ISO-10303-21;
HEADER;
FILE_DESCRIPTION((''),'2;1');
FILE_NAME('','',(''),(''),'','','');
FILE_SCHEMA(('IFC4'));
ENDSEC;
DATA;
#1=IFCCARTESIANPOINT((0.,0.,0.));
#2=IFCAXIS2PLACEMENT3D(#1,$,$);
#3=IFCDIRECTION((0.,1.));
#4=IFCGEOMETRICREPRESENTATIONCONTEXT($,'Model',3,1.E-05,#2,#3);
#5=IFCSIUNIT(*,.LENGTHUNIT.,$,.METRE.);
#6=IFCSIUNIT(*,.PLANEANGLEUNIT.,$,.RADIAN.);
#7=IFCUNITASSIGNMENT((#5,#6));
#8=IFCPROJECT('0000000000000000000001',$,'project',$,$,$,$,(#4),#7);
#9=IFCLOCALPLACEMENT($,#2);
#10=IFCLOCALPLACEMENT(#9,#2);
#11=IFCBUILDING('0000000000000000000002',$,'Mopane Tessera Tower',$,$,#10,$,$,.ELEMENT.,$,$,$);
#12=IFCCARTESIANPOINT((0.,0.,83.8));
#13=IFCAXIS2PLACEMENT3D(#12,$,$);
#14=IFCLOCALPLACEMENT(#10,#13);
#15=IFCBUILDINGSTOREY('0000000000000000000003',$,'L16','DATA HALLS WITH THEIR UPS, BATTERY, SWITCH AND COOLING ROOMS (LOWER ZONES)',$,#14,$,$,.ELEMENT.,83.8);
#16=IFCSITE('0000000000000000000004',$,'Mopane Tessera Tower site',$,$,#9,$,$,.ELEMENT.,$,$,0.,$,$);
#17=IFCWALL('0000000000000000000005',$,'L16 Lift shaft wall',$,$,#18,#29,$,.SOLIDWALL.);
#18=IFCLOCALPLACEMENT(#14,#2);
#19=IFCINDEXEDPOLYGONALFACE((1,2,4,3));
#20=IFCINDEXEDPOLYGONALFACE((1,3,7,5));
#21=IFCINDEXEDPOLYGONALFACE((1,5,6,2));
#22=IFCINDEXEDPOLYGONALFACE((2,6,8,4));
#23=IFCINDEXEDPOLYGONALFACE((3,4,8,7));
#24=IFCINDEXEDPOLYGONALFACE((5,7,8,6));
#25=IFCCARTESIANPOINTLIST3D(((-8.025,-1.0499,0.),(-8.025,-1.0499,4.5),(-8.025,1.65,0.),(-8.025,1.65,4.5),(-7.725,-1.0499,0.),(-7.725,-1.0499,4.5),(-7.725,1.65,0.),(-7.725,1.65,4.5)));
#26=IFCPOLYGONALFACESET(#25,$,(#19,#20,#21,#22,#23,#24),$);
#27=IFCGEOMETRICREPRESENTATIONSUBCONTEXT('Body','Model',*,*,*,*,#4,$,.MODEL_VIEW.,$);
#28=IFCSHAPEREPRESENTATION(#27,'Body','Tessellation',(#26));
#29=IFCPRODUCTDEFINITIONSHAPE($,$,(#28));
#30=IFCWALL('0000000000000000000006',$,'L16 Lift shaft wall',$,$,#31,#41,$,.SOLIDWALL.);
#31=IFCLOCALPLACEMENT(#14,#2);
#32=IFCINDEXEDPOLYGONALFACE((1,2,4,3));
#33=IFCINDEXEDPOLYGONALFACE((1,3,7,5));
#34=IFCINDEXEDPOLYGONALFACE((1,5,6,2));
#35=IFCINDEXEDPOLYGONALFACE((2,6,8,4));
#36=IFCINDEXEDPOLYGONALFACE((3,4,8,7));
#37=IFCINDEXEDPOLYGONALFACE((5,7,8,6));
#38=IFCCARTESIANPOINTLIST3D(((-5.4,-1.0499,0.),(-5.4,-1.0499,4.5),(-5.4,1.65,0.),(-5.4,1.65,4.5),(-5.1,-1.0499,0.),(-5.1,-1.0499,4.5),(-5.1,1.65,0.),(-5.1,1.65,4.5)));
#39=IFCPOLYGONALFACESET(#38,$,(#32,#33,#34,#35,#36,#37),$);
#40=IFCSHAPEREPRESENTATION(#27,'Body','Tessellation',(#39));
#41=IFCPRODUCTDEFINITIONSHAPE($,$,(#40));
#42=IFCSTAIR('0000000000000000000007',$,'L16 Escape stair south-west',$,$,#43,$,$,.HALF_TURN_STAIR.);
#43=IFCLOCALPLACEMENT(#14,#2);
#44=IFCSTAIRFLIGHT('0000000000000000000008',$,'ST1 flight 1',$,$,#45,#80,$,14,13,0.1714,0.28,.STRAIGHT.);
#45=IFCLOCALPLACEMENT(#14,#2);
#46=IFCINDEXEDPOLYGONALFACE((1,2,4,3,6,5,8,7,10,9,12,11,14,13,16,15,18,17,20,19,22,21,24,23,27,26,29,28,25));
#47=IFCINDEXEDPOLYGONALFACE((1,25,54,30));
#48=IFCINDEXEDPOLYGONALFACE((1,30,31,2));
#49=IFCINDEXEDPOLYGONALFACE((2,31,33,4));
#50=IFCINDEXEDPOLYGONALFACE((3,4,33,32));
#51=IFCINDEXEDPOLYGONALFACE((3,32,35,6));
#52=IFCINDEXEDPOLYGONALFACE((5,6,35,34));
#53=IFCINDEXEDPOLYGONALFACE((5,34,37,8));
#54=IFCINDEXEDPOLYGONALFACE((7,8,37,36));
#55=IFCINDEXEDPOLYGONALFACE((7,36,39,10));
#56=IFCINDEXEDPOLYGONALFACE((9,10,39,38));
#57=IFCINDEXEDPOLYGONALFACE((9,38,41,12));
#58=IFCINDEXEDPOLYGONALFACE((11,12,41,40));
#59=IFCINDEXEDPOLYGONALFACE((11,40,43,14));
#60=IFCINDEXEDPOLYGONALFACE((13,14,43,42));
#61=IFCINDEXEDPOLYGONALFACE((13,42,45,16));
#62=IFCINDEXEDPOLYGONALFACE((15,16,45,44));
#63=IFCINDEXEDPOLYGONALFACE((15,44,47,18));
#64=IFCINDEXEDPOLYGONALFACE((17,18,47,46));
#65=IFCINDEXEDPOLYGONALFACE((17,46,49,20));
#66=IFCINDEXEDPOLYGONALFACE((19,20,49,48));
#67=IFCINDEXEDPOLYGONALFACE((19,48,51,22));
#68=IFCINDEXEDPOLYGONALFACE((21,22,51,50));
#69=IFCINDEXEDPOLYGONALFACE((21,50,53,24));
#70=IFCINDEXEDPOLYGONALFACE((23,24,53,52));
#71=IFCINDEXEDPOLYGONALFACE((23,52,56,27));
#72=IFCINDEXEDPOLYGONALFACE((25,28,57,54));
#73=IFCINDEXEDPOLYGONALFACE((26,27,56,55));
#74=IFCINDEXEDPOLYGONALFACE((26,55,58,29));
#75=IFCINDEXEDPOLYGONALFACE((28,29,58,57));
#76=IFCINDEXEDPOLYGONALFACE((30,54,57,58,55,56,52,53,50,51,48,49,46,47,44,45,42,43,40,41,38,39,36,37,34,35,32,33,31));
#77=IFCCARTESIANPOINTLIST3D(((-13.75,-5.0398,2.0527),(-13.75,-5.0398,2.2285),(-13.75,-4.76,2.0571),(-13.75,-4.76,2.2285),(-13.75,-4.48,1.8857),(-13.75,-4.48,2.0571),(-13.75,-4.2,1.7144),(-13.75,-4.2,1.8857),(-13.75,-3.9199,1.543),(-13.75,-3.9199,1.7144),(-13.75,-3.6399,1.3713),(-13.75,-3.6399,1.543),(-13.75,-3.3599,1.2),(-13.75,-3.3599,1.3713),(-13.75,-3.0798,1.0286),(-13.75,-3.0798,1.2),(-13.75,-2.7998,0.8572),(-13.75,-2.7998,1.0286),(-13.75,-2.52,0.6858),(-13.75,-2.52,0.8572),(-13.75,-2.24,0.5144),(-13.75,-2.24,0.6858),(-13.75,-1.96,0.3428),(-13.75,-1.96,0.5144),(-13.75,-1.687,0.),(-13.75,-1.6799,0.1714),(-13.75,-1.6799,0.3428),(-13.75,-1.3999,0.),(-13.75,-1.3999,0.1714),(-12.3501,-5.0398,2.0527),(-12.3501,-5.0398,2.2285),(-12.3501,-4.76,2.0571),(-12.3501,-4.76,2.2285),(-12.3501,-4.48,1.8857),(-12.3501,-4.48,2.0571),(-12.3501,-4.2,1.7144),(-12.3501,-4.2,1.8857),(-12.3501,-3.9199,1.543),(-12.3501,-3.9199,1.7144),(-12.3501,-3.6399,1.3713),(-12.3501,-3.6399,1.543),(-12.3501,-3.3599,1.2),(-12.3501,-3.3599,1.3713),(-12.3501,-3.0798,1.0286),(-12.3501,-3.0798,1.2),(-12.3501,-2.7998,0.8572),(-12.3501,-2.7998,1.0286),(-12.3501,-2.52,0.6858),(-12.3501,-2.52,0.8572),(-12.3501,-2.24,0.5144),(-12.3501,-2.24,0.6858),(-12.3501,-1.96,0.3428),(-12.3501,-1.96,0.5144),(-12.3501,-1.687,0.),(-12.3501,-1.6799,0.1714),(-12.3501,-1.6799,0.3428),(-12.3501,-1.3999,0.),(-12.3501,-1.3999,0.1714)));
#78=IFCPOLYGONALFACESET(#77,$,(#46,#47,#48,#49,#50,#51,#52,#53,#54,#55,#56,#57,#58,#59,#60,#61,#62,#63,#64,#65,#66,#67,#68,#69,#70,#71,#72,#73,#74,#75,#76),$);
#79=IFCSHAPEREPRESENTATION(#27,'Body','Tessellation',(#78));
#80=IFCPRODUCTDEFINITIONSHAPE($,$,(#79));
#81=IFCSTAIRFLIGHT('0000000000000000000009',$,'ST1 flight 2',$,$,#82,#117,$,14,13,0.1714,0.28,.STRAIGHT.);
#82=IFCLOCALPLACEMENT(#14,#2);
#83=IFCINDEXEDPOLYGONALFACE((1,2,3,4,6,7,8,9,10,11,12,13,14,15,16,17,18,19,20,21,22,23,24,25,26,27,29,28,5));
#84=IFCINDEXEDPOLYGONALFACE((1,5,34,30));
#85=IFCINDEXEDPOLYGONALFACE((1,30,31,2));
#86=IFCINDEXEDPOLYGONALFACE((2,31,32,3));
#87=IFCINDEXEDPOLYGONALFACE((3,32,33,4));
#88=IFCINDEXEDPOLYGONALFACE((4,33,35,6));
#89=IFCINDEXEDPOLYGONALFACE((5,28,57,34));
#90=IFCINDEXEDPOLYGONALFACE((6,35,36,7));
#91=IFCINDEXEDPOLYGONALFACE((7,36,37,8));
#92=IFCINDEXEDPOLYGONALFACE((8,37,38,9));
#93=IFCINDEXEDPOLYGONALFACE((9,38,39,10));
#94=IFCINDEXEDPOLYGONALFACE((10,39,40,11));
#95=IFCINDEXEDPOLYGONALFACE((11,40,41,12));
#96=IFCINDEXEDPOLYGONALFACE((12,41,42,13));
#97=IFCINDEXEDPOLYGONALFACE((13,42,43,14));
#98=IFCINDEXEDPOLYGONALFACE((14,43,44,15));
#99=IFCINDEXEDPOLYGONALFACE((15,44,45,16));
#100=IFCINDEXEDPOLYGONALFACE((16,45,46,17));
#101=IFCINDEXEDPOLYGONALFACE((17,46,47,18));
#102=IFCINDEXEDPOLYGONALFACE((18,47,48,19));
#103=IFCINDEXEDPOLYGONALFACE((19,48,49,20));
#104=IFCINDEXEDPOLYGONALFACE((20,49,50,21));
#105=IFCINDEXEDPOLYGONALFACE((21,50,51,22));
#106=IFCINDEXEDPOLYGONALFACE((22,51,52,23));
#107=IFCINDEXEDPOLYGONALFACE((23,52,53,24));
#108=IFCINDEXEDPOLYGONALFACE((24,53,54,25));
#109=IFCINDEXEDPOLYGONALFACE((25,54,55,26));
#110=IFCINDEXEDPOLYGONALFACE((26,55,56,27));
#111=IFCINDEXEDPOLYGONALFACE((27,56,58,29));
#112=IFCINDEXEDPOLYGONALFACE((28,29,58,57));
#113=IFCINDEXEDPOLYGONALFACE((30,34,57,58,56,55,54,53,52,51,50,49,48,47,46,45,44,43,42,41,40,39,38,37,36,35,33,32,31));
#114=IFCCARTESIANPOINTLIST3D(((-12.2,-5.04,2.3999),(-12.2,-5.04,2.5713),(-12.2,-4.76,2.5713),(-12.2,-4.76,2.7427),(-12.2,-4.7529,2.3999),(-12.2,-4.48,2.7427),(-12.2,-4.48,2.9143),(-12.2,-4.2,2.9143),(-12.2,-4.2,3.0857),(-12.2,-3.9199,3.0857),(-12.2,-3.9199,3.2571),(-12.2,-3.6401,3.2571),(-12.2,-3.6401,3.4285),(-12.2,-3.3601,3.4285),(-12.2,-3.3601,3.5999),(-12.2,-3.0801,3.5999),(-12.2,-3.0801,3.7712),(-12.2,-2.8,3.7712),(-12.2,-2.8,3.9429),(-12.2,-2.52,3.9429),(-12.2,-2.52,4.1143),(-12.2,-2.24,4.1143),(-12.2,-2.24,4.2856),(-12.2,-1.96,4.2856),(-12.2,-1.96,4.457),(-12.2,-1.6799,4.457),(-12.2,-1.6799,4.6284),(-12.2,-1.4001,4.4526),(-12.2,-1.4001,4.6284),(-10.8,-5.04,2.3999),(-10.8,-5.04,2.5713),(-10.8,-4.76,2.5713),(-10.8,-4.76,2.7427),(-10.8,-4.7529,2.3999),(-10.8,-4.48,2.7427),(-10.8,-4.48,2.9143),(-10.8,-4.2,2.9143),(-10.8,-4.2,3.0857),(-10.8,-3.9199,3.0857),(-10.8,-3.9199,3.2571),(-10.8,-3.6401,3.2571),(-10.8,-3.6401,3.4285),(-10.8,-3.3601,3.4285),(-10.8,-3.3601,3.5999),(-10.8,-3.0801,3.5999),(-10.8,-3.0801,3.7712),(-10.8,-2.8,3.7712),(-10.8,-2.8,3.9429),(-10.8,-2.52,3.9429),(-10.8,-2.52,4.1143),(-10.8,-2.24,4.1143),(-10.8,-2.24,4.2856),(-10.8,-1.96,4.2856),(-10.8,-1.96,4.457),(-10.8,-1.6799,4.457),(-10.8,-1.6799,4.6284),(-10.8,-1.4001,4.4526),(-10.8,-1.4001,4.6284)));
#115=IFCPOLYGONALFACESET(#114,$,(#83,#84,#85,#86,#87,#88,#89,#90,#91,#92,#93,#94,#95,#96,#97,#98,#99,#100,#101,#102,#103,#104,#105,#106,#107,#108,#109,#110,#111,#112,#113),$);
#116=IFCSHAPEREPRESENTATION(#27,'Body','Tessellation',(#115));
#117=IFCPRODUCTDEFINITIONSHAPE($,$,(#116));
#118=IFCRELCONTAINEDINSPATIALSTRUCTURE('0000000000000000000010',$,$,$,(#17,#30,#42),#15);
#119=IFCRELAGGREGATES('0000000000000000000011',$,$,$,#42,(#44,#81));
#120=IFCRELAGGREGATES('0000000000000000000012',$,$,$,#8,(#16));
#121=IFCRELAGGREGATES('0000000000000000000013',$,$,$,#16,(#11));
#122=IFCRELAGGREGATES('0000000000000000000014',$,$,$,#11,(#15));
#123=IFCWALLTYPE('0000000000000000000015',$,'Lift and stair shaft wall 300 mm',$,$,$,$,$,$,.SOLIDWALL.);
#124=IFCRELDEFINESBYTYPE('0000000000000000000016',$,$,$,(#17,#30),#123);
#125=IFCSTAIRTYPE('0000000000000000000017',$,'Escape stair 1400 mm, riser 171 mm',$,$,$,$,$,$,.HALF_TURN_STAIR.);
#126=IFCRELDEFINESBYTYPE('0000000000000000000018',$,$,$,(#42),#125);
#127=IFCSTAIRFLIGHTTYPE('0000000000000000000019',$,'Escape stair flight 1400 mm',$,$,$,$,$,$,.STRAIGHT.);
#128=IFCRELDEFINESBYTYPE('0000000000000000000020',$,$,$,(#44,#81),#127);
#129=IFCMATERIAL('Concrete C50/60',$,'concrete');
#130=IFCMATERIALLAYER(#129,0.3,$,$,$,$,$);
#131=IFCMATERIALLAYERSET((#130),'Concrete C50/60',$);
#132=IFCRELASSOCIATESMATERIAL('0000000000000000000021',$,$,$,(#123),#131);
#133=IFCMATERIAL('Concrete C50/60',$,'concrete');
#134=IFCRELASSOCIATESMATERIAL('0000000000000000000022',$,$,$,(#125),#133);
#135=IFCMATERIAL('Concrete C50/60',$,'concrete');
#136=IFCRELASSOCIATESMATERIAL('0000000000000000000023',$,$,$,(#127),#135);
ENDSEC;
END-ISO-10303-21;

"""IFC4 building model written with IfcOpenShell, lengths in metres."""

from ifc_helpers import new_model, si_unit, direction, frame, frame_2d, origin, place, context, subcontext, project, spatial, polyline, rectangle, outline, extrude, material, layer, layer_set, type_object, element, aggregate, save


model = new_model("IFC4")

# Units and contexts
model_context = context("Model", 3, precision=1e-05, world=origin(), true_north=direction((0.0, 1.0)))
body_context = subcontext(model_context, "Body", "Model", "MODEL_VIEW")
ifc_project = project(units=[si_unit("LENGTHUNIT", "METRE"), si_unit("PLANEANGLEUNIT", "RADIAN")], contexts=[model_context])

# Site, building, storey
site_placement = place(None, origin())
site = spatial("IfcSite", under=ifc_project, at=site_placement, Name="Mopane Tessera Tower site", CompositionType="ELEMENT", RefElevation=0.0)
building_placement = place(site_placement, origin())
building = spatial("IfcBuilding", under=site, at=building_placement, Name="Mopane Tessera Tower", CompositionType="ELEMENT")
storey_placement = place(building_placement, frame((0.0, 0.0, 83.8)))
storey = spatial("IfcBuildingStorey", under=building, at=storey_placement, Name="L16", Description="DATA HALLS WITH THEIR UPS, BATTERY, SWITCH AND COOLING ROOMS (LOWER ZONES)", CompositionType="ELEMENT", Elevation=83.8)

# Walls
ifc_material_1 = material(Name="Concrete C50/60", Category="concrete")
ifc_layer_1 = layer(ifc_material_1, 0.3)
ifc_layer_set_1 = layer_set([ifc_layer_1], Name="Concrete C50/60")
wall_type_1 = type_object("IfcWallType", Name="Lift and stair shaft wall 300 mm", PredefinedType="SOLIDWALL", material=ifc_layer_set_1)
for number, where, z_axis, x_axis, name in (
    (1, (-7.875, -1.05, 0.0), (0.0, 0.0, 1.0), (0.0, 1.0, 0.0), "L16 Lift shaft wall"),
    (2, (-5.25, -1.05, 0.0), (0.0, 0.0, 1.0), (0.0, 1.0, 0.0), "L16 Lift shaft wall"),
):
    element("IfcWall", number, at=place(storey_placement, frame(where, z_axis=z_axis, x_axis=x_axis)), inside=storey, type_object=wall_type_1, Name=name, PredefinedType="SOLIDWALL", context=body_context, shape_type="SweptSolid", body=[
        extrude(rectangle(XDim=2.7, YDim=0.3, at=frame_2d((1.3501, 0.0))), origin(), (0.0, 0.0, 1.0), 4.5),
    ])

# Stair, stair flights
ifc_material_2 = material(Name="Concrete C50/60", Category="concrete")
stair_type = type_object("IfcStairType", Name="Escape stair 1400 mm, riser 171 mm", PredefinedType="HALF_TURN_STAIR", material=ifc_material_2)
stair_placement = place(storey_placement, origin())
stair = element("IfcStair", 3, at=stair_placement, inside=storey, type_object=stair_type, Name="L16 Escape stair south-west", PredefinedType="HALF_TURN_STAIR")
ifc_material_3 = material(Name="Concrete C50/60", Category="concrete")
stair_flight_type = type_object("IfcStairFlightType", Name="Escape stair flight 1400 mm", PredefinedType="STRAIGHT", material=ifc_material_3)
stair_flight_1_placement = place(storey_placement, frame((-13.05, -1.3999, 0.0), z_axis=(0.0, 0.0, 1.0), x_axis=(0.0, -1.0, 0.0)))
stair_flight_1 = element("IfcStairFlight", 4, at=stair_flight_1_placement, type_object=stair_flight_type, Name="ST1 flight 1", NumberOfRisers=14, NumberOfTreads=13, PredefinedType="STRAIGHT", RiserHeight=0.1714, TreadLength=0.28, context=body_context, shape_type="SweptSolid", body=[
    extrude(outline(polyline([(0.0, 0.0), (0.0, 0.1714), (0.28, 0.1714), (0.28, 0.3428), (0.5601, 0.3428), (0.5601, 0.5144), (0.8401, 0.5144), (0.8401, 0.6858), (1.1201, 0.6858), (1.1201, 0.8572), (1.3999, 0.8572), (1.3999, 1.0286), (1.6799, 1.0286), (1.6799, 1.2), (1.96, 1.2), (1.96, 1.3713), (2.24, 1.3713), (2.24, 1.543), (2.52, 1.543), (2.52, 1.7144), (2.8, 1.7144), (2.8, 1.8857), (3.0801, 1.8857), (3.0801, 2.0571), (3.3601, 2.0571), (3.3601, 2.2285), (3.6399, 2.2285), (3.6399, 2.3999), (3.6399, 2.0527), (0.2871, 0.0), (0.0, 0.0)])), frame((0.0, 0.7, 0.0), z_axis=(0.0, -1.0, 0.0), x_axis=(1.0, 0.0, 0.0)), (0.0, 0.0, 1.0), 1.3999),
])
stair_flight_2_placement = place(storey_placement, frame((-11.5, -5.04, 2.3999), z_axis=(0.0, 0.0, 1.0), x_axis=(0.0, 1.0, 0.0)))
stair_flight_2 = element("IfcStairFlight", 5, at=stair_flight_2_placement, type_object=stair_flight_type, Name="ST1 flight 2", NumberOfRisers=14, NumberOfTreads=13, PredefinedType="STRAIGHT", RiserHeight=0.1714, TreadLength=0.28, context=body_context, shape_type="SweptSolid", body=[
    extrude(outline(polyline([(0.0, 0.0), (0.0, 0.1714), (0.28, 0.1714), (0.28, 0.3428), (0.5601, 0.3428), (0.5601, 0.5144), (0.8401, 0.5144), (0.8401, 0.6858), (1.1201, 0.6858), (1.1201, 0.8572), (1.3999, 0.8572), (1.3999, 1.0286), (1.6799, 1.0286), (1.6799, 1.2), (1.96, 1.2), (1.96, 1.3713), (2.24, 1.3713), (2.24, 1.543), (2.52, 1.543), (2.52, 1.7144), (2.8, 1.7144), (2.8, 1.8857), (3.0801, 1.8857), (3.0801, 2.0571), (3.3601, 2.0571), (3.3601, 2.2285), (3.6399, 2.2285), (3.6399, 2.3999), (3.6399, 2.0527), (0.2871, 0.0), (0.0, 0.0)])), frame((0.0, 0.7, 0.0), z_axis=(0.0, -1.0, 0.0), x_axis=(1.0, 0.0, 0.0)), (0.0, 0.0, 1.0), 1.3999),
])
aggregate(stair, [stair_flight_1, stair_flight_2])

save(model, "model.ifc")
